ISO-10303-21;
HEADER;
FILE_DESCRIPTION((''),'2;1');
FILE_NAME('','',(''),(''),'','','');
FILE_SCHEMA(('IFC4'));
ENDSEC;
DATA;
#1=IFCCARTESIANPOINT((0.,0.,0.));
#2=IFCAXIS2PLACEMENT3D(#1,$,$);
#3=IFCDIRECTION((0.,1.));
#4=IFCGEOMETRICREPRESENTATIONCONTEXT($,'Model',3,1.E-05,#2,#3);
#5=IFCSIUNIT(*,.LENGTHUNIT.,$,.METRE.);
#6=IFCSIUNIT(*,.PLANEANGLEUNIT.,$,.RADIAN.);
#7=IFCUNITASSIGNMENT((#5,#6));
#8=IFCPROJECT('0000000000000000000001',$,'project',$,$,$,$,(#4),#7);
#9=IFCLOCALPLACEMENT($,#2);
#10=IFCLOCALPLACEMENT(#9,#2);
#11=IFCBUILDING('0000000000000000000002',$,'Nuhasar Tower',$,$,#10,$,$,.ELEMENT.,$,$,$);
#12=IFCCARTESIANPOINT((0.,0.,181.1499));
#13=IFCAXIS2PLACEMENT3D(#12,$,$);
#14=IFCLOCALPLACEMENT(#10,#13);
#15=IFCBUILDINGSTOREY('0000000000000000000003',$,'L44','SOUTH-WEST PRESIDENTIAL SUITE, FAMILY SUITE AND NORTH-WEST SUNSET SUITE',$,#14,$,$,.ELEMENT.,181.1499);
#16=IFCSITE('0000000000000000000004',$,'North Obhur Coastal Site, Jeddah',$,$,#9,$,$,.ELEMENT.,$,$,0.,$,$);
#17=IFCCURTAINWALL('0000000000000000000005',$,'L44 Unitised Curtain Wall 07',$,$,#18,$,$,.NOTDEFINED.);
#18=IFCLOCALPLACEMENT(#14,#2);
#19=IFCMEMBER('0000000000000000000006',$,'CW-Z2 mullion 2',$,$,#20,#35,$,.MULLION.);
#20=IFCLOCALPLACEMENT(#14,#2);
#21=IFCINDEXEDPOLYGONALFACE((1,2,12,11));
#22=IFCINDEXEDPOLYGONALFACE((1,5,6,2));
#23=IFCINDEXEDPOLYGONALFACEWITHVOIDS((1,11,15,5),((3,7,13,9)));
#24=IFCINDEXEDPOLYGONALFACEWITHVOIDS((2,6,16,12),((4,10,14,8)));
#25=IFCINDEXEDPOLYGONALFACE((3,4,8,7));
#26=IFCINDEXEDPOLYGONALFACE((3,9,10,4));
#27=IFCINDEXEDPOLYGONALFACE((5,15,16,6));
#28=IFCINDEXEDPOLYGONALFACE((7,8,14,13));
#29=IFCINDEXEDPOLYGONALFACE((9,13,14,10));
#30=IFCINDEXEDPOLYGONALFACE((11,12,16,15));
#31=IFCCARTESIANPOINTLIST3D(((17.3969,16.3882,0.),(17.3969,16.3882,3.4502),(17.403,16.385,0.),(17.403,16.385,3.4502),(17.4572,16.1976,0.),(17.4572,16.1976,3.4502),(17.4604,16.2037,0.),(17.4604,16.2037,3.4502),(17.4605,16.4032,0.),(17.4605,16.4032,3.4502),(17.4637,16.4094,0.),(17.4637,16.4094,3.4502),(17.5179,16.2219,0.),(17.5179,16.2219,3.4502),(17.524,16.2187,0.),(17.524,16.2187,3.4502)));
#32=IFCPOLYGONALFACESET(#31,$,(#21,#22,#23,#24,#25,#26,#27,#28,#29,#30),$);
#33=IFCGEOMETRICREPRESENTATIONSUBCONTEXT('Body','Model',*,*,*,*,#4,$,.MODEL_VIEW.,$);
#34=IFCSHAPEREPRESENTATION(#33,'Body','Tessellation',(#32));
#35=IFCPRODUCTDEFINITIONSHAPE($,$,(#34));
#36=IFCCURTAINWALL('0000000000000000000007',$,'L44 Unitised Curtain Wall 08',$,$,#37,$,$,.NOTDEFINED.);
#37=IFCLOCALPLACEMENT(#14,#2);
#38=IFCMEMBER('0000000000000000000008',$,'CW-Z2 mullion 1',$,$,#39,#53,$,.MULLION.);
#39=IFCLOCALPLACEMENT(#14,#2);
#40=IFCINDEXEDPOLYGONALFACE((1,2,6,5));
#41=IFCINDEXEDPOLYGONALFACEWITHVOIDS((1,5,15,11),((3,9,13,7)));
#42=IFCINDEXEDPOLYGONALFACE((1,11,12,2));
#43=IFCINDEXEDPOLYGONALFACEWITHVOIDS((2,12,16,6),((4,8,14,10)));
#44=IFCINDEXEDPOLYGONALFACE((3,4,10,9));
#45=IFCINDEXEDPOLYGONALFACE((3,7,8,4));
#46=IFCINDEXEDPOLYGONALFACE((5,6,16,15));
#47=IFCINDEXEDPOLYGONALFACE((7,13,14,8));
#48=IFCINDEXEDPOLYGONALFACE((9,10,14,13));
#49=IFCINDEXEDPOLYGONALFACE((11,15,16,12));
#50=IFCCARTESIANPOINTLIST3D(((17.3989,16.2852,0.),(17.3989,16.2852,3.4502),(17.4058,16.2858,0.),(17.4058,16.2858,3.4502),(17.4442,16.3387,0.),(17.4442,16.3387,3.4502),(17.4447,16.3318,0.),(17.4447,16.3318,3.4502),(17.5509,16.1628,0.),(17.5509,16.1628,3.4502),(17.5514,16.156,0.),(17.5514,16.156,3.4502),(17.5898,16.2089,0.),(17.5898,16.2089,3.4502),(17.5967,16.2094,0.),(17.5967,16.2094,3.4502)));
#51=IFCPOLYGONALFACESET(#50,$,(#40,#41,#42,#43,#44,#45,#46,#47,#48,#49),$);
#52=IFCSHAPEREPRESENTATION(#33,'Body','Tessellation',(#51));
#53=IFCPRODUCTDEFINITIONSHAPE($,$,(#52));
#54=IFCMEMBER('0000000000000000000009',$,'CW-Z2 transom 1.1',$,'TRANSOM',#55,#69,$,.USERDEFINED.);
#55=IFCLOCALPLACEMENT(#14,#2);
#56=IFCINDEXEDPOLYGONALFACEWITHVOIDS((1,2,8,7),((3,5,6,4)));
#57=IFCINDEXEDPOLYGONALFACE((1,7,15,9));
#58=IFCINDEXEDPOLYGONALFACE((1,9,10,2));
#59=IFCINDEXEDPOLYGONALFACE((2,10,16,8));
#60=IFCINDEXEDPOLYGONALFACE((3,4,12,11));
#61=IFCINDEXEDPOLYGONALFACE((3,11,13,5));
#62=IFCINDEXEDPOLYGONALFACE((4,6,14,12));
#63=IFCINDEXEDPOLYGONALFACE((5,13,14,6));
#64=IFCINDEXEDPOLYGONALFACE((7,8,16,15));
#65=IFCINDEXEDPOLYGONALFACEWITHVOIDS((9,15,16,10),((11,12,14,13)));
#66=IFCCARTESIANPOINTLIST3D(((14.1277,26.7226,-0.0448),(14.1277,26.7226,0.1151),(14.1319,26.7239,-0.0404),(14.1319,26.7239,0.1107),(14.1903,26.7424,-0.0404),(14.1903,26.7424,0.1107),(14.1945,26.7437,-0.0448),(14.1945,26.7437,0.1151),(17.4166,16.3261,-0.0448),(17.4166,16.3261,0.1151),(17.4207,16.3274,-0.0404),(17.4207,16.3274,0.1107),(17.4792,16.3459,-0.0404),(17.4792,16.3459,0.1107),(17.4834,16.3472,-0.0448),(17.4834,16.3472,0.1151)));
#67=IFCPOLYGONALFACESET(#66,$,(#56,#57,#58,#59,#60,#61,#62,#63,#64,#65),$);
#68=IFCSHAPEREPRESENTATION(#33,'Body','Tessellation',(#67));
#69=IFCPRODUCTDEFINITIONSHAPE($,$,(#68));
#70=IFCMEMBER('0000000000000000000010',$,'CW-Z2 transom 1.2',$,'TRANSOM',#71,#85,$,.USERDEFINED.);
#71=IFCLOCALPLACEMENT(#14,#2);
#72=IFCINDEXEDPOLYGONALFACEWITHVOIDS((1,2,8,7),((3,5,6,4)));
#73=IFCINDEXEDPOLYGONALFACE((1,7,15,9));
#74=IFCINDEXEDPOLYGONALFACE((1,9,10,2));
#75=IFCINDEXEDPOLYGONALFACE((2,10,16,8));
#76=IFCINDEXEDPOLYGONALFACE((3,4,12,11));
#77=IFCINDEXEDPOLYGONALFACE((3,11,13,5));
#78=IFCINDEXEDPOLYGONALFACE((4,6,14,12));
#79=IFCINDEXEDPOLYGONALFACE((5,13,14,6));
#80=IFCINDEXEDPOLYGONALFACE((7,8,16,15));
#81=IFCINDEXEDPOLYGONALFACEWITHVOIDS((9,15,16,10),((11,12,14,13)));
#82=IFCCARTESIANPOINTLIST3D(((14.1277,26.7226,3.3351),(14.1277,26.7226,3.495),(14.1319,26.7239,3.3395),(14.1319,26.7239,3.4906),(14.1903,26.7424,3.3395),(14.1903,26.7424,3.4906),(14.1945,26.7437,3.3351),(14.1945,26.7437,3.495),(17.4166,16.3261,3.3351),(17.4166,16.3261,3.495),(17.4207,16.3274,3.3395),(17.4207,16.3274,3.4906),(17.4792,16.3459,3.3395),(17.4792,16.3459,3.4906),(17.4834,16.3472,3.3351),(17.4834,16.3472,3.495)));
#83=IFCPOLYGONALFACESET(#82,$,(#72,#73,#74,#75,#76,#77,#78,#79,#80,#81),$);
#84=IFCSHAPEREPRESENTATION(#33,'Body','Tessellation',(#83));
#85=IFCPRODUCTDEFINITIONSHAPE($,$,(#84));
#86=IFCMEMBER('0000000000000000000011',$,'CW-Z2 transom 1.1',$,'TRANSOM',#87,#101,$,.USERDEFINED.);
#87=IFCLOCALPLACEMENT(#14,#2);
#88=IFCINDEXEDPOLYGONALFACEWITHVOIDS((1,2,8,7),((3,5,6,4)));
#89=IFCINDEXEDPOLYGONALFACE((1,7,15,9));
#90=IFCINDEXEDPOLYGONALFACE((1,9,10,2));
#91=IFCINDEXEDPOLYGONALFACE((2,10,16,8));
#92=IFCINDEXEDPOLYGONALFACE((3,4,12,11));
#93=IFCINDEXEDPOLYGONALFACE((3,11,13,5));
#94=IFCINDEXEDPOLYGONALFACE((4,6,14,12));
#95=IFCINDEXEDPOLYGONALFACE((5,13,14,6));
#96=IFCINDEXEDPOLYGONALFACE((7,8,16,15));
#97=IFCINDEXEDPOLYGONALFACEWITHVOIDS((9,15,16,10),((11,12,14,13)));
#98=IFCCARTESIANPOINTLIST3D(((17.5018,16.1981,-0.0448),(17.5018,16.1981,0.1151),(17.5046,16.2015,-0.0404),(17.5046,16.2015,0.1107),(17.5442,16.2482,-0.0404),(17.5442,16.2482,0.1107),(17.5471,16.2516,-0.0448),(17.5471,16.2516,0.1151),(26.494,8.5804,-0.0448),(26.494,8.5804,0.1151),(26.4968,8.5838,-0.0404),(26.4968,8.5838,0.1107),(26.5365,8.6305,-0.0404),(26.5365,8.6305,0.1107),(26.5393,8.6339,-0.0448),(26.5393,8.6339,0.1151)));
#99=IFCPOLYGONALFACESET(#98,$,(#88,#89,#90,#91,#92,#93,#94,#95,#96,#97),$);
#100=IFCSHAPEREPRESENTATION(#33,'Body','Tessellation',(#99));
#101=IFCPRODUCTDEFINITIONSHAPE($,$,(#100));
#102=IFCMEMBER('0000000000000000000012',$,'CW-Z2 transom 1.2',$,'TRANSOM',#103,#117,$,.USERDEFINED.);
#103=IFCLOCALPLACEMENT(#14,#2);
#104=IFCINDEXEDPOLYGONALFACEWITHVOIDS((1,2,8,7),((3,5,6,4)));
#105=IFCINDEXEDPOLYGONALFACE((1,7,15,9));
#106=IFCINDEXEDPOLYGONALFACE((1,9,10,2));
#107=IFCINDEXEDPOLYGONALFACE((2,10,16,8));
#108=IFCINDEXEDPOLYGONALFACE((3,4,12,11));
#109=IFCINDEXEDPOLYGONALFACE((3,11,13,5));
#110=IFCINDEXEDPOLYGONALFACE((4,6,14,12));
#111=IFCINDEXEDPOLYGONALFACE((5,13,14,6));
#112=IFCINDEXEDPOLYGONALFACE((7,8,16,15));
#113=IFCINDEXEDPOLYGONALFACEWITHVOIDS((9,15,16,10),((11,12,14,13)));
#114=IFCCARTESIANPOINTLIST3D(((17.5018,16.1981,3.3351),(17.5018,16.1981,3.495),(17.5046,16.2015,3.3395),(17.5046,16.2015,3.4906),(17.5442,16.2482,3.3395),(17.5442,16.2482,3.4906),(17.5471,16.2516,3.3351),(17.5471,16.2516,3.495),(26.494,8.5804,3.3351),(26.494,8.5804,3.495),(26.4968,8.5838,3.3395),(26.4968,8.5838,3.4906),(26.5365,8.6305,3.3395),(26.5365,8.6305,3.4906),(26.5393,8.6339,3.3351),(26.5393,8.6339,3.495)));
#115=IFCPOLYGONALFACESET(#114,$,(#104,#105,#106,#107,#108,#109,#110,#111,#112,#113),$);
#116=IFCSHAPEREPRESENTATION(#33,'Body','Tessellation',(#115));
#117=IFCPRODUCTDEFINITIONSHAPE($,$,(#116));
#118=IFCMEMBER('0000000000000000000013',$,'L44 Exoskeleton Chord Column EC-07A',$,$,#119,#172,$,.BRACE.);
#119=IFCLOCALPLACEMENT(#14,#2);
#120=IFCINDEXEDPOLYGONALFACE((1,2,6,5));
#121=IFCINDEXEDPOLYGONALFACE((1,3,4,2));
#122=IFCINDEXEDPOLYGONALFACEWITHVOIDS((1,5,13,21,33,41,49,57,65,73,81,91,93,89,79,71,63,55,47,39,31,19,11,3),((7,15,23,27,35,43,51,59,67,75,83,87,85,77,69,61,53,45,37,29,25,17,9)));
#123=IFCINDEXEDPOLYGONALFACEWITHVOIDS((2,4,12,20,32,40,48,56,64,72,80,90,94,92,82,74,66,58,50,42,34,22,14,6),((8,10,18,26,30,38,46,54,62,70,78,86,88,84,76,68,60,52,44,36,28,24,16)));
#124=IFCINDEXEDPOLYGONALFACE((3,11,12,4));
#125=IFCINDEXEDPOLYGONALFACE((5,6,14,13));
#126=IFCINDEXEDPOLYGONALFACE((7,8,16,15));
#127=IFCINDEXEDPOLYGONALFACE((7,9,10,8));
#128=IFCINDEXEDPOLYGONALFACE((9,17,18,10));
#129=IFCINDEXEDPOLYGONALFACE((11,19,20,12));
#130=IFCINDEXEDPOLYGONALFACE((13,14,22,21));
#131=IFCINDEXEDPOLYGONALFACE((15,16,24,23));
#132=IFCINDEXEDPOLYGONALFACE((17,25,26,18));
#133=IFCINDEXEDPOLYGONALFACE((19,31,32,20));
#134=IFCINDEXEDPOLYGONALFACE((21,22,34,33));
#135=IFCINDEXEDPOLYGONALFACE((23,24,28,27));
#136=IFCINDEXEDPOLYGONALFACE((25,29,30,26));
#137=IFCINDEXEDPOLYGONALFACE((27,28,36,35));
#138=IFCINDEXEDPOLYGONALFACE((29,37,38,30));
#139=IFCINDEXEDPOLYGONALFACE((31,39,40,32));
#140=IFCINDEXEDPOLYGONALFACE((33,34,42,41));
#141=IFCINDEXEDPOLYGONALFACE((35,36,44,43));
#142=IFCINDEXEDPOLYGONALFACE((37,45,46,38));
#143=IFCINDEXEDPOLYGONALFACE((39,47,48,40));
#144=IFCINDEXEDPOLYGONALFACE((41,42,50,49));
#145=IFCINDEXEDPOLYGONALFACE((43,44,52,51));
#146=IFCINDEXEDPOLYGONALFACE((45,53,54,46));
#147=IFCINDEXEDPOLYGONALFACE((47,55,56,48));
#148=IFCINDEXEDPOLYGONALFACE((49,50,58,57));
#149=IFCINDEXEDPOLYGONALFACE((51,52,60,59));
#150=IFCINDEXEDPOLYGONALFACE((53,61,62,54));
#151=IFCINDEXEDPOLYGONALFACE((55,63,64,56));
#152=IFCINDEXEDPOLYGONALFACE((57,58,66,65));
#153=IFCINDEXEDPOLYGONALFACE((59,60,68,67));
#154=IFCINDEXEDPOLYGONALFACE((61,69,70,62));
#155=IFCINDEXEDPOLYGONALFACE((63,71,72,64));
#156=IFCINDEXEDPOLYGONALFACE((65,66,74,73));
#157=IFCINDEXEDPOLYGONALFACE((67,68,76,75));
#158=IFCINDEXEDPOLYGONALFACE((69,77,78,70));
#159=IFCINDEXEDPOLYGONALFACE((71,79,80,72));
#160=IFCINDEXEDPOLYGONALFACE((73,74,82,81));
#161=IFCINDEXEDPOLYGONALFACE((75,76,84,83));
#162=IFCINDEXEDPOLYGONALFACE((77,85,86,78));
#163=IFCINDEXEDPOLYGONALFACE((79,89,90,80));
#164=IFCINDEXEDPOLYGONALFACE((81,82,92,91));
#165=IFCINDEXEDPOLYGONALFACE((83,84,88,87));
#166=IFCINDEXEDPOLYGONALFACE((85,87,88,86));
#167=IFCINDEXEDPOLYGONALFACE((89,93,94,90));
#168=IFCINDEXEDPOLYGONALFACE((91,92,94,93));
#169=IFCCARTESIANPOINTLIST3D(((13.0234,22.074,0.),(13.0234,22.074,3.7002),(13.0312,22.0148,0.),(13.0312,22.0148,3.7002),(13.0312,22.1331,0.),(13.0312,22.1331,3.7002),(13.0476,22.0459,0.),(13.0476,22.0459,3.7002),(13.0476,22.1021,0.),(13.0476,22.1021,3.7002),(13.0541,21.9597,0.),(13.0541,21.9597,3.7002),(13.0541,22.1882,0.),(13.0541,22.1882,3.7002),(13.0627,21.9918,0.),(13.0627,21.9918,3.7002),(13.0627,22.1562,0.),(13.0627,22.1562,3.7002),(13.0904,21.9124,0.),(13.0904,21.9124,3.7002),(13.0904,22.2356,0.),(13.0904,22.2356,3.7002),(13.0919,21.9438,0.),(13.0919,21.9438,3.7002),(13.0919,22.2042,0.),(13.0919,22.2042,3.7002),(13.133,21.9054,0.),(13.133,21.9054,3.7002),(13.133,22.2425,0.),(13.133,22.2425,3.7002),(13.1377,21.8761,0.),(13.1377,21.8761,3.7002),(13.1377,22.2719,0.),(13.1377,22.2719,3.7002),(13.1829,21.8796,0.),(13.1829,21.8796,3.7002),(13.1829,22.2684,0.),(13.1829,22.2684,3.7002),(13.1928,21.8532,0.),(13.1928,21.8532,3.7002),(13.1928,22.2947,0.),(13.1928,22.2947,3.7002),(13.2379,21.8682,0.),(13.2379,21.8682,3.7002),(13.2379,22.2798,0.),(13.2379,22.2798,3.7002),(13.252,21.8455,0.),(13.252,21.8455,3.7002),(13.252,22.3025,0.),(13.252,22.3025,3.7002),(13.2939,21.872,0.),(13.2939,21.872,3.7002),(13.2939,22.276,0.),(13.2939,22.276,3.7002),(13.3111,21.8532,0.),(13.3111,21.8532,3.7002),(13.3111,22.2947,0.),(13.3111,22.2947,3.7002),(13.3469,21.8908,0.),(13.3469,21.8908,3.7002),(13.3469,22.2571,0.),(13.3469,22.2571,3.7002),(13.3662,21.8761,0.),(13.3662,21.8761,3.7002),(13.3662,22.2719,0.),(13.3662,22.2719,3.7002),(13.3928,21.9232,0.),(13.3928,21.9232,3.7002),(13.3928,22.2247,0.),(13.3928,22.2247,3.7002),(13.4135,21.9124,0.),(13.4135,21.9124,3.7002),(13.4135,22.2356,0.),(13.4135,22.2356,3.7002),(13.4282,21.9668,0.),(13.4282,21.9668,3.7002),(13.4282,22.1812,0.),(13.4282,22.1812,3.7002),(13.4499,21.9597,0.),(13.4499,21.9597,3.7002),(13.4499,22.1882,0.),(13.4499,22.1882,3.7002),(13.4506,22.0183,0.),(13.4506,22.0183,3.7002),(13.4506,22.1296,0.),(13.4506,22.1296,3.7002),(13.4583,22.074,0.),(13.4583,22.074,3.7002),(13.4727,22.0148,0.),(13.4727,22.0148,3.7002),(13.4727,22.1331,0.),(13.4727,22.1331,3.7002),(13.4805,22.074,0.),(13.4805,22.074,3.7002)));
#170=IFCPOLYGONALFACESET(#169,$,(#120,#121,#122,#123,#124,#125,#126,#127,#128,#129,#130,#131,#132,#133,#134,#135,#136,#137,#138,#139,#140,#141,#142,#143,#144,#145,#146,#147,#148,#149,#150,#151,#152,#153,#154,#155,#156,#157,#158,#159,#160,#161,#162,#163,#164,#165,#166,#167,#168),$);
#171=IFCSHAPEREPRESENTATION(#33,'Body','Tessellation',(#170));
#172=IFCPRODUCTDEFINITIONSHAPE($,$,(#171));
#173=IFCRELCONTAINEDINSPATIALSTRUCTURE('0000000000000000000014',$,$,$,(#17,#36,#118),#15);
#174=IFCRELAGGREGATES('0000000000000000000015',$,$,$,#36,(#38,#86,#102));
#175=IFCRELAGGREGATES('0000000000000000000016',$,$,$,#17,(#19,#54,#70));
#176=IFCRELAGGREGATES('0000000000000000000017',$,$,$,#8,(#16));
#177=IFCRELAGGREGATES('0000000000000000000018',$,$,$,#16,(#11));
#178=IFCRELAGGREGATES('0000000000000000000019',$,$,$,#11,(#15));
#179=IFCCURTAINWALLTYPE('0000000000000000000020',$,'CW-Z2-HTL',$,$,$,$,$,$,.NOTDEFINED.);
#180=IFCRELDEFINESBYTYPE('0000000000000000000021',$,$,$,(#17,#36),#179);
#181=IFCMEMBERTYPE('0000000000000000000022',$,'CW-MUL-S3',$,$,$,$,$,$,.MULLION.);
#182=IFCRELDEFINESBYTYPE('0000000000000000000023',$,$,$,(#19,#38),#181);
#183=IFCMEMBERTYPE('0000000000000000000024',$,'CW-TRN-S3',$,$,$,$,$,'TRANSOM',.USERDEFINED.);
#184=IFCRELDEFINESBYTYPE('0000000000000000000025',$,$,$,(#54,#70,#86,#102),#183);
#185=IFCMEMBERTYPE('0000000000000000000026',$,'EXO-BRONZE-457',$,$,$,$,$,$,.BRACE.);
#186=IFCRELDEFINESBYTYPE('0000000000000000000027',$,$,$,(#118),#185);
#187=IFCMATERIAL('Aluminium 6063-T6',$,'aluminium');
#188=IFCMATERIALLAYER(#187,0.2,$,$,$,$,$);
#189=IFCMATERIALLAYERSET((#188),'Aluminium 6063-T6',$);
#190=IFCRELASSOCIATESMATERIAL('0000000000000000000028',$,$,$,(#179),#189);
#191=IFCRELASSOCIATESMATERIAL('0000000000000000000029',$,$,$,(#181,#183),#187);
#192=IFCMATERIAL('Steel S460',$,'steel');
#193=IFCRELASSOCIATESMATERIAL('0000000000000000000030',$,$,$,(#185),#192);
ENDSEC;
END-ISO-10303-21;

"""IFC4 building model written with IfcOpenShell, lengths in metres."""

from ifc_helpers import new_model, si_unit, direction, frame, origin, origin_2d, place, context, subcontext, project, spatial, hollow_rectangle, hollow_circle, extrude, material, layer, layer_set, material_profile, profile_set, type_object, element, aggregate, save


model = new_model("IFC4")

# Units and contexts
model_context = context("Model", 3, precision=1e-05, world=origin(), true_north=direction((0.0, 1.0)))
body_context = subcontext(model_context, "Body", "Model", "MODEL_VIEW")
ifc_project = project(units=[si_unit("LENGTHUNIT", "METRE"), si_unit("PLANEANGLEUNIT", "RADIAN")], contexts=[model_context])

# Site, building, storey
site_placement = place(None, origin())
site = spatial("IfcSite", under=ifc_project, at=site_placement, Name="North Obhur Coastal Site, Jeddah", CompositionType="ELEMENT", RefElevation=0.0)
building_placement = place(site_placement, origin())
building = spatial("IfcBuilding", under=site, at=building_placement, Name="Nuhasar Tower", CompositionType="ELEMENT")
storey_placement = place(building_placement, frame((0.0, 0.0, 181.1499)))
storey = spatial("IfcBuildingStorey", under=building, at=storey_placement, Name="L44", Description="SOUTH-WEST PRESIDENTIAL SUITE, FAMILY SUITE AND NORTH-WEST SUNSET SUITE", CompositionType="ELEMENT", Elevation=181.1499)

# Curtain wall, member
ifc_material_1 = material(Name="Aluminium 6063-T6", Category="aluminium")
ifc_layer_1 = layer(ifc_material_1, 0.2)
ifc_layer_set_1 = layer_set([ifc_layer_1], Name="Aluminium 6063-T6")
curtain_wall_type = type_object("IfcCurtainWallType", Name="CW-Z2-HTL", PredefinedType="NOTDEFINED", material=ifc_layer_set_1)
curtain_wall_1_placement = place(storey_placement, origin())
curtain_wall_1 = element("IfcCurtainWall", 1, at=curtain_wall_1_placement, inside=storey, type_object=curtain_wall_type, Name="L44 Unitised Curtain Wall 07", PredefinedType="NOTDEFINED")
ifc_material_profile_1 = material_profile(ifc_material_1, hollow_rectangle(XDim=0.0701, YDim=0.2, WallThickness=0.0049, at=origin_2d()), Name="CWM-3")
ifc_profile_set_1 = profile_set([ifc_material_profile_1], Name="Aluminium 6063-T6")
member_type_1 = type_object("IfcMemberType", Name="CW-MUL-S3", PredefinedType="MULLION", material=ifc_profile_set_1)
member_1_placement = place(storey_placement, frame((17.4604, 16.3035, 0.0), z_axis=(0.0, 0.0, 1.0), x_axis=(0.953433, 0.301604, 0.0)))
member_1 = element("IfcMember", 2, at=member_1_placement, type_object=member_type_1, Name="CW-Z2 mullion 2", PredefinedType="MULLION", context=body_context, shape_type="SweptSolid", body=[
    extrude(hollow_rectangle(XDim=0.0701, YDim=0.2, WallThickness=0.0049, at=origin_2d()), origin(), (0.0, 0.0, 1.0), 3.4502),
])

# Curtain wall, member
curtain_wall_2_placement = place(storey_placement, origin())
curtain_wall_2 = element("IfcCurtainWall", 3, at=curtain_wall_2_placement, inside=storey, type_object=curtain_wall_type, Name="L44 Unitised Curtain Wall 08", PredefinedType="NOTDEFINED")
member_2_placement = place(storey_placement, frame((17.4978, 16.2473, 0.0), z_axis=(0.0, 0.0, 1.0), x_axis=(0.646374, 0.76302, 0.0)))
member_2 = element("IfcMember", 4, at=member_2_placement, type_object=member_type_1, Name="CW-Z2 mullion 1", PredefinedType="MULLION", context=body_context, shape_type="SweptSolid", body=[
    extrude(hollow_rectangle(XDim=0.0701, YDim=0.2, WallThickness=0.0049, at=origin_2d()), origin(), (0.0, 0.0, 1.0), 3.4502),
])

# Members
ifc_material_profile_2 = material_profile(ifc_material_1, hollow_rectangle(XDim=0.0701, YDim=0.1599, WallThickness=0.0044, at=origin_2d()), Name="CWT-3")
ifc_profile_set_2 = profile_set([ifc_material_profile_2], Name="Aluminium 6063-T6")
member_type_2 = type_object("IfcMemberType", Name="CW-TRN-S3", ElementType="TRANSOM", PredefinedType="USERDEFINED", material=ifc_profile_set_2)
member_3_placement = place(storey_placement, frame((14.1611, 26.7332, 0.0352), z_axis=(0.301608, -0.953432, 0.0), x_axis=(0.953432, 0.301608, 0.0)))
member_3 = element("IfcMember", 5, at=member_3_placement, type_object=member_type_2, Name="CW-Z2 transom 1.1", ObjectType="TRANSOM", PredefinedType="USERDEFINED", context=body_context, shape_type="SweptSolid", body=[
    extrude(hollow_rectangle(XDim=0.0701, YDim=0.1599, WallThickness=0.0044, at=origin_2d()), origin(), (0.0, 0.0, 1.0), 10.9043),
])
member_4_placement = place(storey_placement, frame((14.1611, 26.7332, 3.415), z_axis=(0.301608, -0.953432, 0.0), x_axis=(0.953432, 0.301608, 0.0)))
member_4 = element("IfcMember", 6, at=member_4_placement, type_object=member_type_2, Name="CW-Z2 transom 1.2", ObjectType="TRANSOM", PredefinedType="USERDEFINED", context=body_context, shape_type="SweptSolid", body=[
    extrude(hollow_rectangle(XDim=0.0701, YDim=0.1599, WallThickness=0.0044, at=origin_2d()), origin(), (0.0, 0.0, 1.0), 10.9043),
])
member_5_placement = place(storey_placement, frame((17.5244, 16.2249, 0.0352), z_axis=(0.763014, -0.646382, 0.0), x_axis=(0.646382, 0.763014, 0.0)))
member_5 = element("IfcMember", 7, at=member_5_placement, type_object=member_type_2, Name="CW-Z2 transom 1.1", ObjectType="TRANSOM", PredefinedType="USERDEFINED", context=body_context, shape_type="SweptSolid", body=[
    extrude(hollow_rectangle(XDim=0.0701, YDim=0.1599, WallThickness=0.0044, at=origin_2d()), origin(), (0.0, 0.0, 1.0), 11.7852),
])
member_6_placement = place(storey_placement, frame((17.5244, 16.2249, 3.415), z_axis=(0.763014, -0.646382, 0.0), x_axis=(0.646382, 0.763014, 0.0)))
member_6 = element("IfcMember", 8, at=member_6_placement, type_object=member_type_2, Name="CW-Z2 transom 1.2", ObjectType="TRANSOM", PredefinedType="USERDEFINED", context=body_context, shape_type="SweptSolid", body=[
    extrude(hollow_rectangle(XDim=0.0701, YDim=0.1599, WallThickness=0.0044, at=origin_2d()), origin(), (0.0, 0.0, 1.0), 11.7852),
])
aggregate(curtain_wall_2, [member_2, member_5, member_6])

# Member
ifc_material_2 = material(Name="Steel S460", Category="steel")
ifc_material_profile_3 = material_profile(ifc_material_2, hollow_circle(Radius=0.2285, WallThickness=0.0222, at=origin_2d()), Name="HSS457X22.2")
ifc_profile_set_3 = profile_set([ifc_material_profile_3], Name="Steel S460")
member_type_3 = type_object("IfcMemberType", Name="EXO-BRONZE-457", PredefinedType="BRACE", material=ifc_profile_set_3)
for number, where, z_axis, x_axis, name in (
    (9, (13.252, 22.074, 0.0), (0.0, 0.0, 1.0), (1.0, 0.0, 0.0), "L44 Exoskeleton Chord Column EC-07A"),
):
    element("IfcMember", number, at=place(storey_placement, frame(where, z_axis=z_axis, x_axis=x_axis)), inside=storey, type_object=member_type_3, Name=name, PredefinedType="BRACE", context=body_context, shape_type="SweptSolid", body=[
        extrude(hollow_circle(Radius=0.2285, WallThickness=0.0222, at=origin_2d()), origin(), (0.0, 0.0, 1.0), 3.7002),
    ])

aggregate(curtain_wall_1, [member_1, member_3, member_4])

save(model, "model.ifc")
